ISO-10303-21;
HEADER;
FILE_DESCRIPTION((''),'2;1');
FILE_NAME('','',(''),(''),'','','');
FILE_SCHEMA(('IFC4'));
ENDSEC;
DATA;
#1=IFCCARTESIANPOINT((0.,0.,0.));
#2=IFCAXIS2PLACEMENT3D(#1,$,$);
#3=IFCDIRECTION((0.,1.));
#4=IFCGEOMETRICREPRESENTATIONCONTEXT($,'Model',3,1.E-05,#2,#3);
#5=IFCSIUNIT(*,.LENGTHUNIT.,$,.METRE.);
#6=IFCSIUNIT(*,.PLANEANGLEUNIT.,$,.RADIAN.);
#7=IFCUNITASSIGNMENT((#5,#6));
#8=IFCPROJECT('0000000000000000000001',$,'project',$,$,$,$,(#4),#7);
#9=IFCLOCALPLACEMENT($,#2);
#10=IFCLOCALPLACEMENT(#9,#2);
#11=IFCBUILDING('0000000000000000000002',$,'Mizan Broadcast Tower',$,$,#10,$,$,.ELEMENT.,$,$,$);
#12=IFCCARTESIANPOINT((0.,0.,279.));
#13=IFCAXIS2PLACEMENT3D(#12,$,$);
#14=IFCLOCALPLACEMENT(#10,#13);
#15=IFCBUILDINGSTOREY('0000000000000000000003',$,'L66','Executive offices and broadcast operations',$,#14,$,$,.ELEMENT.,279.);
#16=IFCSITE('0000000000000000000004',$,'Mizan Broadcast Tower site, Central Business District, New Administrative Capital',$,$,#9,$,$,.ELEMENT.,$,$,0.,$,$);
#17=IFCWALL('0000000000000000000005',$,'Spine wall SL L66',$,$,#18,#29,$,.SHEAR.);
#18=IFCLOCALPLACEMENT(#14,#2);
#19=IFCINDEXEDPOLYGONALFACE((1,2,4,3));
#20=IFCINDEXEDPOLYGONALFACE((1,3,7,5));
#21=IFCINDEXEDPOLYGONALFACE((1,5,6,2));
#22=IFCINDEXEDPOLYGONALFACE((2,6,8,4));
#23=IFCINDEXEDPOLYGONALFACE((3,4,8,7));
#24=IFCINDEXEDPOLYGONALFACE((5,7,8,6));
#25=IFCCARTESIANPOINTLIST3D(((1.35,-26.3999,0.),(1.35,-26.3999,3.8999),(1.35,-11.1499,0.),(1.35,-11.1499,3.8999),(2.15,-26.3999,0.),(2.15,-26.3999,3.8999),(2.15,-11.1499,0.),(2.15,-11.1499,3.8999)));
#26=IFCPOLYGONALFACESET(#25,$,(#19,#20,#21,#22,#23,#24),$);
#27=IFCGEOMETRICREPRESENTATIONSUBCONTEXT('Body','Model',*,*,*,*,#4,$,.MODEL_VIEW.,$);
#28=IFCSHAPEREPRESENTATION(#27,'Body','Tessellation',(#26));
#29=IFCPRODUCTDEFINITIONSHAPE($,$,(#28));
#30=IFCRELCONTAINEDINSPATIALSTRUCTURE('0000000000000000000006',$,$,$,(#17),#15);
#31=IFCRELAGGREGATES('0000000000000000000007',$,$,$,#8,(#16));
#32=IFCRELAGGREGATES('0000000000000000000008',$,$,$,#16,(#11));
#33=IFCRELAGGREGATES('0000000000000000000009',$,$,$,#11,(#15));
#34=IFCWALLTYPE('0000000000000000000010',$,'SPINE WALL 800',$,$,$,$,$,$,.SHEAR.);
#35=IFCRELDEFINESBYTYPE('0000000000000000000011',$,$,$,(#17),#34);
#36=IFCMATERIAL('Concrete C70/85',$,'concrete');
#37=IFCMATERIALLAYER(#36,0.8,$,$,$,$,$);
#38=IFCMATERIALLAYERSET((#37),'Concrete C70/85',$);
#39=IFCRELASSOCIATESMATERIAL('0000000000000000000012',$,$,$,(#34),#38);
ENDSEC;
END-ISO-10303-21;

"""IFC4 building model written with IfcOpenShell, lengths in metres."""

from ifc_helpers import new_model, si_unit, direction, frame, frame_2d, origin, place, context, subcontext, project, spatial, rectangle, extrude, material, layer, layer_set, type_object, element, save


model = new_model("IFC4")

# Units and contexts
model_context = context("Model", 3, precision=1e-05, world=origin(), true_north=direction((0.0, 1.0)))
body_context = subcontext(model_context, "Body", "Model", "MODEL_VIEW")
ifc_project = project(units=[si_unit("LENGTHUNIT", "METRE"), si_unit("PLANEANGLEUNIT", "RADIAN")], contexts=[model_context])

# Site, building, storey
site_placement = place(None, origin())
site = spatial("IfcSite", under=ifc_project, at=site_placement, Name="Mizan Broadcast Tower site, Central Business District, New Administrative Capital", CompositionType="ELEMENT", RefElevation=0.0)
building_placement = place(site_placement, origin())
building = spatial("IfcBuilding", under=site, at=building_placement, Name="Mizan Broadcast Tower", CompositionType="ELEMENT")
storey_placement = place(building_placement, frame((0.0, 0.0, 279.0)))
storey = spatial("IfcBuildingStorey", under=building, at=storey_placement, Name="L66", Description="Executive offices and broadcast operations", CompositionType="ELEMENT", Elevation=279.0)

# Wall
ifc_material_1 = material(Name="Concrete C70/85", Category="concrete")
ifc_layer_1 = layer(ifc_material_1, 0.8)
ifc_layer_set_1 = layer_set([ifc_layer_1], Name="Concrete C70/85")
wall_type_1 = type_object("IfcWallType", Name="SPINE WALL 800", PredefinedType="SHEAR", material=ifc_layer_set_1)
wall_1_placement = place(storey_placement, frame((1.75, -11.1499, 0.0), z_axis=(0.0, 0.0, 1.0), x_axis=(0.0, -1.0, 0.0)))
element("IfcWall", 1, at=wall_1_placement, inside=storey, type_object=wall_type_1, Name="Spine wall SL L66", PredefinedType="SHEAR", context=body_context, shape_type="SweptSolid", body=[
    extrude(rectangle(XDim=15.25, YDim=0.8, at=frame_2d((7.625, 0.0))), origin(), (0.0, 0.0, 1.0), 3.8999),
])

save(model, "model.ifc")
